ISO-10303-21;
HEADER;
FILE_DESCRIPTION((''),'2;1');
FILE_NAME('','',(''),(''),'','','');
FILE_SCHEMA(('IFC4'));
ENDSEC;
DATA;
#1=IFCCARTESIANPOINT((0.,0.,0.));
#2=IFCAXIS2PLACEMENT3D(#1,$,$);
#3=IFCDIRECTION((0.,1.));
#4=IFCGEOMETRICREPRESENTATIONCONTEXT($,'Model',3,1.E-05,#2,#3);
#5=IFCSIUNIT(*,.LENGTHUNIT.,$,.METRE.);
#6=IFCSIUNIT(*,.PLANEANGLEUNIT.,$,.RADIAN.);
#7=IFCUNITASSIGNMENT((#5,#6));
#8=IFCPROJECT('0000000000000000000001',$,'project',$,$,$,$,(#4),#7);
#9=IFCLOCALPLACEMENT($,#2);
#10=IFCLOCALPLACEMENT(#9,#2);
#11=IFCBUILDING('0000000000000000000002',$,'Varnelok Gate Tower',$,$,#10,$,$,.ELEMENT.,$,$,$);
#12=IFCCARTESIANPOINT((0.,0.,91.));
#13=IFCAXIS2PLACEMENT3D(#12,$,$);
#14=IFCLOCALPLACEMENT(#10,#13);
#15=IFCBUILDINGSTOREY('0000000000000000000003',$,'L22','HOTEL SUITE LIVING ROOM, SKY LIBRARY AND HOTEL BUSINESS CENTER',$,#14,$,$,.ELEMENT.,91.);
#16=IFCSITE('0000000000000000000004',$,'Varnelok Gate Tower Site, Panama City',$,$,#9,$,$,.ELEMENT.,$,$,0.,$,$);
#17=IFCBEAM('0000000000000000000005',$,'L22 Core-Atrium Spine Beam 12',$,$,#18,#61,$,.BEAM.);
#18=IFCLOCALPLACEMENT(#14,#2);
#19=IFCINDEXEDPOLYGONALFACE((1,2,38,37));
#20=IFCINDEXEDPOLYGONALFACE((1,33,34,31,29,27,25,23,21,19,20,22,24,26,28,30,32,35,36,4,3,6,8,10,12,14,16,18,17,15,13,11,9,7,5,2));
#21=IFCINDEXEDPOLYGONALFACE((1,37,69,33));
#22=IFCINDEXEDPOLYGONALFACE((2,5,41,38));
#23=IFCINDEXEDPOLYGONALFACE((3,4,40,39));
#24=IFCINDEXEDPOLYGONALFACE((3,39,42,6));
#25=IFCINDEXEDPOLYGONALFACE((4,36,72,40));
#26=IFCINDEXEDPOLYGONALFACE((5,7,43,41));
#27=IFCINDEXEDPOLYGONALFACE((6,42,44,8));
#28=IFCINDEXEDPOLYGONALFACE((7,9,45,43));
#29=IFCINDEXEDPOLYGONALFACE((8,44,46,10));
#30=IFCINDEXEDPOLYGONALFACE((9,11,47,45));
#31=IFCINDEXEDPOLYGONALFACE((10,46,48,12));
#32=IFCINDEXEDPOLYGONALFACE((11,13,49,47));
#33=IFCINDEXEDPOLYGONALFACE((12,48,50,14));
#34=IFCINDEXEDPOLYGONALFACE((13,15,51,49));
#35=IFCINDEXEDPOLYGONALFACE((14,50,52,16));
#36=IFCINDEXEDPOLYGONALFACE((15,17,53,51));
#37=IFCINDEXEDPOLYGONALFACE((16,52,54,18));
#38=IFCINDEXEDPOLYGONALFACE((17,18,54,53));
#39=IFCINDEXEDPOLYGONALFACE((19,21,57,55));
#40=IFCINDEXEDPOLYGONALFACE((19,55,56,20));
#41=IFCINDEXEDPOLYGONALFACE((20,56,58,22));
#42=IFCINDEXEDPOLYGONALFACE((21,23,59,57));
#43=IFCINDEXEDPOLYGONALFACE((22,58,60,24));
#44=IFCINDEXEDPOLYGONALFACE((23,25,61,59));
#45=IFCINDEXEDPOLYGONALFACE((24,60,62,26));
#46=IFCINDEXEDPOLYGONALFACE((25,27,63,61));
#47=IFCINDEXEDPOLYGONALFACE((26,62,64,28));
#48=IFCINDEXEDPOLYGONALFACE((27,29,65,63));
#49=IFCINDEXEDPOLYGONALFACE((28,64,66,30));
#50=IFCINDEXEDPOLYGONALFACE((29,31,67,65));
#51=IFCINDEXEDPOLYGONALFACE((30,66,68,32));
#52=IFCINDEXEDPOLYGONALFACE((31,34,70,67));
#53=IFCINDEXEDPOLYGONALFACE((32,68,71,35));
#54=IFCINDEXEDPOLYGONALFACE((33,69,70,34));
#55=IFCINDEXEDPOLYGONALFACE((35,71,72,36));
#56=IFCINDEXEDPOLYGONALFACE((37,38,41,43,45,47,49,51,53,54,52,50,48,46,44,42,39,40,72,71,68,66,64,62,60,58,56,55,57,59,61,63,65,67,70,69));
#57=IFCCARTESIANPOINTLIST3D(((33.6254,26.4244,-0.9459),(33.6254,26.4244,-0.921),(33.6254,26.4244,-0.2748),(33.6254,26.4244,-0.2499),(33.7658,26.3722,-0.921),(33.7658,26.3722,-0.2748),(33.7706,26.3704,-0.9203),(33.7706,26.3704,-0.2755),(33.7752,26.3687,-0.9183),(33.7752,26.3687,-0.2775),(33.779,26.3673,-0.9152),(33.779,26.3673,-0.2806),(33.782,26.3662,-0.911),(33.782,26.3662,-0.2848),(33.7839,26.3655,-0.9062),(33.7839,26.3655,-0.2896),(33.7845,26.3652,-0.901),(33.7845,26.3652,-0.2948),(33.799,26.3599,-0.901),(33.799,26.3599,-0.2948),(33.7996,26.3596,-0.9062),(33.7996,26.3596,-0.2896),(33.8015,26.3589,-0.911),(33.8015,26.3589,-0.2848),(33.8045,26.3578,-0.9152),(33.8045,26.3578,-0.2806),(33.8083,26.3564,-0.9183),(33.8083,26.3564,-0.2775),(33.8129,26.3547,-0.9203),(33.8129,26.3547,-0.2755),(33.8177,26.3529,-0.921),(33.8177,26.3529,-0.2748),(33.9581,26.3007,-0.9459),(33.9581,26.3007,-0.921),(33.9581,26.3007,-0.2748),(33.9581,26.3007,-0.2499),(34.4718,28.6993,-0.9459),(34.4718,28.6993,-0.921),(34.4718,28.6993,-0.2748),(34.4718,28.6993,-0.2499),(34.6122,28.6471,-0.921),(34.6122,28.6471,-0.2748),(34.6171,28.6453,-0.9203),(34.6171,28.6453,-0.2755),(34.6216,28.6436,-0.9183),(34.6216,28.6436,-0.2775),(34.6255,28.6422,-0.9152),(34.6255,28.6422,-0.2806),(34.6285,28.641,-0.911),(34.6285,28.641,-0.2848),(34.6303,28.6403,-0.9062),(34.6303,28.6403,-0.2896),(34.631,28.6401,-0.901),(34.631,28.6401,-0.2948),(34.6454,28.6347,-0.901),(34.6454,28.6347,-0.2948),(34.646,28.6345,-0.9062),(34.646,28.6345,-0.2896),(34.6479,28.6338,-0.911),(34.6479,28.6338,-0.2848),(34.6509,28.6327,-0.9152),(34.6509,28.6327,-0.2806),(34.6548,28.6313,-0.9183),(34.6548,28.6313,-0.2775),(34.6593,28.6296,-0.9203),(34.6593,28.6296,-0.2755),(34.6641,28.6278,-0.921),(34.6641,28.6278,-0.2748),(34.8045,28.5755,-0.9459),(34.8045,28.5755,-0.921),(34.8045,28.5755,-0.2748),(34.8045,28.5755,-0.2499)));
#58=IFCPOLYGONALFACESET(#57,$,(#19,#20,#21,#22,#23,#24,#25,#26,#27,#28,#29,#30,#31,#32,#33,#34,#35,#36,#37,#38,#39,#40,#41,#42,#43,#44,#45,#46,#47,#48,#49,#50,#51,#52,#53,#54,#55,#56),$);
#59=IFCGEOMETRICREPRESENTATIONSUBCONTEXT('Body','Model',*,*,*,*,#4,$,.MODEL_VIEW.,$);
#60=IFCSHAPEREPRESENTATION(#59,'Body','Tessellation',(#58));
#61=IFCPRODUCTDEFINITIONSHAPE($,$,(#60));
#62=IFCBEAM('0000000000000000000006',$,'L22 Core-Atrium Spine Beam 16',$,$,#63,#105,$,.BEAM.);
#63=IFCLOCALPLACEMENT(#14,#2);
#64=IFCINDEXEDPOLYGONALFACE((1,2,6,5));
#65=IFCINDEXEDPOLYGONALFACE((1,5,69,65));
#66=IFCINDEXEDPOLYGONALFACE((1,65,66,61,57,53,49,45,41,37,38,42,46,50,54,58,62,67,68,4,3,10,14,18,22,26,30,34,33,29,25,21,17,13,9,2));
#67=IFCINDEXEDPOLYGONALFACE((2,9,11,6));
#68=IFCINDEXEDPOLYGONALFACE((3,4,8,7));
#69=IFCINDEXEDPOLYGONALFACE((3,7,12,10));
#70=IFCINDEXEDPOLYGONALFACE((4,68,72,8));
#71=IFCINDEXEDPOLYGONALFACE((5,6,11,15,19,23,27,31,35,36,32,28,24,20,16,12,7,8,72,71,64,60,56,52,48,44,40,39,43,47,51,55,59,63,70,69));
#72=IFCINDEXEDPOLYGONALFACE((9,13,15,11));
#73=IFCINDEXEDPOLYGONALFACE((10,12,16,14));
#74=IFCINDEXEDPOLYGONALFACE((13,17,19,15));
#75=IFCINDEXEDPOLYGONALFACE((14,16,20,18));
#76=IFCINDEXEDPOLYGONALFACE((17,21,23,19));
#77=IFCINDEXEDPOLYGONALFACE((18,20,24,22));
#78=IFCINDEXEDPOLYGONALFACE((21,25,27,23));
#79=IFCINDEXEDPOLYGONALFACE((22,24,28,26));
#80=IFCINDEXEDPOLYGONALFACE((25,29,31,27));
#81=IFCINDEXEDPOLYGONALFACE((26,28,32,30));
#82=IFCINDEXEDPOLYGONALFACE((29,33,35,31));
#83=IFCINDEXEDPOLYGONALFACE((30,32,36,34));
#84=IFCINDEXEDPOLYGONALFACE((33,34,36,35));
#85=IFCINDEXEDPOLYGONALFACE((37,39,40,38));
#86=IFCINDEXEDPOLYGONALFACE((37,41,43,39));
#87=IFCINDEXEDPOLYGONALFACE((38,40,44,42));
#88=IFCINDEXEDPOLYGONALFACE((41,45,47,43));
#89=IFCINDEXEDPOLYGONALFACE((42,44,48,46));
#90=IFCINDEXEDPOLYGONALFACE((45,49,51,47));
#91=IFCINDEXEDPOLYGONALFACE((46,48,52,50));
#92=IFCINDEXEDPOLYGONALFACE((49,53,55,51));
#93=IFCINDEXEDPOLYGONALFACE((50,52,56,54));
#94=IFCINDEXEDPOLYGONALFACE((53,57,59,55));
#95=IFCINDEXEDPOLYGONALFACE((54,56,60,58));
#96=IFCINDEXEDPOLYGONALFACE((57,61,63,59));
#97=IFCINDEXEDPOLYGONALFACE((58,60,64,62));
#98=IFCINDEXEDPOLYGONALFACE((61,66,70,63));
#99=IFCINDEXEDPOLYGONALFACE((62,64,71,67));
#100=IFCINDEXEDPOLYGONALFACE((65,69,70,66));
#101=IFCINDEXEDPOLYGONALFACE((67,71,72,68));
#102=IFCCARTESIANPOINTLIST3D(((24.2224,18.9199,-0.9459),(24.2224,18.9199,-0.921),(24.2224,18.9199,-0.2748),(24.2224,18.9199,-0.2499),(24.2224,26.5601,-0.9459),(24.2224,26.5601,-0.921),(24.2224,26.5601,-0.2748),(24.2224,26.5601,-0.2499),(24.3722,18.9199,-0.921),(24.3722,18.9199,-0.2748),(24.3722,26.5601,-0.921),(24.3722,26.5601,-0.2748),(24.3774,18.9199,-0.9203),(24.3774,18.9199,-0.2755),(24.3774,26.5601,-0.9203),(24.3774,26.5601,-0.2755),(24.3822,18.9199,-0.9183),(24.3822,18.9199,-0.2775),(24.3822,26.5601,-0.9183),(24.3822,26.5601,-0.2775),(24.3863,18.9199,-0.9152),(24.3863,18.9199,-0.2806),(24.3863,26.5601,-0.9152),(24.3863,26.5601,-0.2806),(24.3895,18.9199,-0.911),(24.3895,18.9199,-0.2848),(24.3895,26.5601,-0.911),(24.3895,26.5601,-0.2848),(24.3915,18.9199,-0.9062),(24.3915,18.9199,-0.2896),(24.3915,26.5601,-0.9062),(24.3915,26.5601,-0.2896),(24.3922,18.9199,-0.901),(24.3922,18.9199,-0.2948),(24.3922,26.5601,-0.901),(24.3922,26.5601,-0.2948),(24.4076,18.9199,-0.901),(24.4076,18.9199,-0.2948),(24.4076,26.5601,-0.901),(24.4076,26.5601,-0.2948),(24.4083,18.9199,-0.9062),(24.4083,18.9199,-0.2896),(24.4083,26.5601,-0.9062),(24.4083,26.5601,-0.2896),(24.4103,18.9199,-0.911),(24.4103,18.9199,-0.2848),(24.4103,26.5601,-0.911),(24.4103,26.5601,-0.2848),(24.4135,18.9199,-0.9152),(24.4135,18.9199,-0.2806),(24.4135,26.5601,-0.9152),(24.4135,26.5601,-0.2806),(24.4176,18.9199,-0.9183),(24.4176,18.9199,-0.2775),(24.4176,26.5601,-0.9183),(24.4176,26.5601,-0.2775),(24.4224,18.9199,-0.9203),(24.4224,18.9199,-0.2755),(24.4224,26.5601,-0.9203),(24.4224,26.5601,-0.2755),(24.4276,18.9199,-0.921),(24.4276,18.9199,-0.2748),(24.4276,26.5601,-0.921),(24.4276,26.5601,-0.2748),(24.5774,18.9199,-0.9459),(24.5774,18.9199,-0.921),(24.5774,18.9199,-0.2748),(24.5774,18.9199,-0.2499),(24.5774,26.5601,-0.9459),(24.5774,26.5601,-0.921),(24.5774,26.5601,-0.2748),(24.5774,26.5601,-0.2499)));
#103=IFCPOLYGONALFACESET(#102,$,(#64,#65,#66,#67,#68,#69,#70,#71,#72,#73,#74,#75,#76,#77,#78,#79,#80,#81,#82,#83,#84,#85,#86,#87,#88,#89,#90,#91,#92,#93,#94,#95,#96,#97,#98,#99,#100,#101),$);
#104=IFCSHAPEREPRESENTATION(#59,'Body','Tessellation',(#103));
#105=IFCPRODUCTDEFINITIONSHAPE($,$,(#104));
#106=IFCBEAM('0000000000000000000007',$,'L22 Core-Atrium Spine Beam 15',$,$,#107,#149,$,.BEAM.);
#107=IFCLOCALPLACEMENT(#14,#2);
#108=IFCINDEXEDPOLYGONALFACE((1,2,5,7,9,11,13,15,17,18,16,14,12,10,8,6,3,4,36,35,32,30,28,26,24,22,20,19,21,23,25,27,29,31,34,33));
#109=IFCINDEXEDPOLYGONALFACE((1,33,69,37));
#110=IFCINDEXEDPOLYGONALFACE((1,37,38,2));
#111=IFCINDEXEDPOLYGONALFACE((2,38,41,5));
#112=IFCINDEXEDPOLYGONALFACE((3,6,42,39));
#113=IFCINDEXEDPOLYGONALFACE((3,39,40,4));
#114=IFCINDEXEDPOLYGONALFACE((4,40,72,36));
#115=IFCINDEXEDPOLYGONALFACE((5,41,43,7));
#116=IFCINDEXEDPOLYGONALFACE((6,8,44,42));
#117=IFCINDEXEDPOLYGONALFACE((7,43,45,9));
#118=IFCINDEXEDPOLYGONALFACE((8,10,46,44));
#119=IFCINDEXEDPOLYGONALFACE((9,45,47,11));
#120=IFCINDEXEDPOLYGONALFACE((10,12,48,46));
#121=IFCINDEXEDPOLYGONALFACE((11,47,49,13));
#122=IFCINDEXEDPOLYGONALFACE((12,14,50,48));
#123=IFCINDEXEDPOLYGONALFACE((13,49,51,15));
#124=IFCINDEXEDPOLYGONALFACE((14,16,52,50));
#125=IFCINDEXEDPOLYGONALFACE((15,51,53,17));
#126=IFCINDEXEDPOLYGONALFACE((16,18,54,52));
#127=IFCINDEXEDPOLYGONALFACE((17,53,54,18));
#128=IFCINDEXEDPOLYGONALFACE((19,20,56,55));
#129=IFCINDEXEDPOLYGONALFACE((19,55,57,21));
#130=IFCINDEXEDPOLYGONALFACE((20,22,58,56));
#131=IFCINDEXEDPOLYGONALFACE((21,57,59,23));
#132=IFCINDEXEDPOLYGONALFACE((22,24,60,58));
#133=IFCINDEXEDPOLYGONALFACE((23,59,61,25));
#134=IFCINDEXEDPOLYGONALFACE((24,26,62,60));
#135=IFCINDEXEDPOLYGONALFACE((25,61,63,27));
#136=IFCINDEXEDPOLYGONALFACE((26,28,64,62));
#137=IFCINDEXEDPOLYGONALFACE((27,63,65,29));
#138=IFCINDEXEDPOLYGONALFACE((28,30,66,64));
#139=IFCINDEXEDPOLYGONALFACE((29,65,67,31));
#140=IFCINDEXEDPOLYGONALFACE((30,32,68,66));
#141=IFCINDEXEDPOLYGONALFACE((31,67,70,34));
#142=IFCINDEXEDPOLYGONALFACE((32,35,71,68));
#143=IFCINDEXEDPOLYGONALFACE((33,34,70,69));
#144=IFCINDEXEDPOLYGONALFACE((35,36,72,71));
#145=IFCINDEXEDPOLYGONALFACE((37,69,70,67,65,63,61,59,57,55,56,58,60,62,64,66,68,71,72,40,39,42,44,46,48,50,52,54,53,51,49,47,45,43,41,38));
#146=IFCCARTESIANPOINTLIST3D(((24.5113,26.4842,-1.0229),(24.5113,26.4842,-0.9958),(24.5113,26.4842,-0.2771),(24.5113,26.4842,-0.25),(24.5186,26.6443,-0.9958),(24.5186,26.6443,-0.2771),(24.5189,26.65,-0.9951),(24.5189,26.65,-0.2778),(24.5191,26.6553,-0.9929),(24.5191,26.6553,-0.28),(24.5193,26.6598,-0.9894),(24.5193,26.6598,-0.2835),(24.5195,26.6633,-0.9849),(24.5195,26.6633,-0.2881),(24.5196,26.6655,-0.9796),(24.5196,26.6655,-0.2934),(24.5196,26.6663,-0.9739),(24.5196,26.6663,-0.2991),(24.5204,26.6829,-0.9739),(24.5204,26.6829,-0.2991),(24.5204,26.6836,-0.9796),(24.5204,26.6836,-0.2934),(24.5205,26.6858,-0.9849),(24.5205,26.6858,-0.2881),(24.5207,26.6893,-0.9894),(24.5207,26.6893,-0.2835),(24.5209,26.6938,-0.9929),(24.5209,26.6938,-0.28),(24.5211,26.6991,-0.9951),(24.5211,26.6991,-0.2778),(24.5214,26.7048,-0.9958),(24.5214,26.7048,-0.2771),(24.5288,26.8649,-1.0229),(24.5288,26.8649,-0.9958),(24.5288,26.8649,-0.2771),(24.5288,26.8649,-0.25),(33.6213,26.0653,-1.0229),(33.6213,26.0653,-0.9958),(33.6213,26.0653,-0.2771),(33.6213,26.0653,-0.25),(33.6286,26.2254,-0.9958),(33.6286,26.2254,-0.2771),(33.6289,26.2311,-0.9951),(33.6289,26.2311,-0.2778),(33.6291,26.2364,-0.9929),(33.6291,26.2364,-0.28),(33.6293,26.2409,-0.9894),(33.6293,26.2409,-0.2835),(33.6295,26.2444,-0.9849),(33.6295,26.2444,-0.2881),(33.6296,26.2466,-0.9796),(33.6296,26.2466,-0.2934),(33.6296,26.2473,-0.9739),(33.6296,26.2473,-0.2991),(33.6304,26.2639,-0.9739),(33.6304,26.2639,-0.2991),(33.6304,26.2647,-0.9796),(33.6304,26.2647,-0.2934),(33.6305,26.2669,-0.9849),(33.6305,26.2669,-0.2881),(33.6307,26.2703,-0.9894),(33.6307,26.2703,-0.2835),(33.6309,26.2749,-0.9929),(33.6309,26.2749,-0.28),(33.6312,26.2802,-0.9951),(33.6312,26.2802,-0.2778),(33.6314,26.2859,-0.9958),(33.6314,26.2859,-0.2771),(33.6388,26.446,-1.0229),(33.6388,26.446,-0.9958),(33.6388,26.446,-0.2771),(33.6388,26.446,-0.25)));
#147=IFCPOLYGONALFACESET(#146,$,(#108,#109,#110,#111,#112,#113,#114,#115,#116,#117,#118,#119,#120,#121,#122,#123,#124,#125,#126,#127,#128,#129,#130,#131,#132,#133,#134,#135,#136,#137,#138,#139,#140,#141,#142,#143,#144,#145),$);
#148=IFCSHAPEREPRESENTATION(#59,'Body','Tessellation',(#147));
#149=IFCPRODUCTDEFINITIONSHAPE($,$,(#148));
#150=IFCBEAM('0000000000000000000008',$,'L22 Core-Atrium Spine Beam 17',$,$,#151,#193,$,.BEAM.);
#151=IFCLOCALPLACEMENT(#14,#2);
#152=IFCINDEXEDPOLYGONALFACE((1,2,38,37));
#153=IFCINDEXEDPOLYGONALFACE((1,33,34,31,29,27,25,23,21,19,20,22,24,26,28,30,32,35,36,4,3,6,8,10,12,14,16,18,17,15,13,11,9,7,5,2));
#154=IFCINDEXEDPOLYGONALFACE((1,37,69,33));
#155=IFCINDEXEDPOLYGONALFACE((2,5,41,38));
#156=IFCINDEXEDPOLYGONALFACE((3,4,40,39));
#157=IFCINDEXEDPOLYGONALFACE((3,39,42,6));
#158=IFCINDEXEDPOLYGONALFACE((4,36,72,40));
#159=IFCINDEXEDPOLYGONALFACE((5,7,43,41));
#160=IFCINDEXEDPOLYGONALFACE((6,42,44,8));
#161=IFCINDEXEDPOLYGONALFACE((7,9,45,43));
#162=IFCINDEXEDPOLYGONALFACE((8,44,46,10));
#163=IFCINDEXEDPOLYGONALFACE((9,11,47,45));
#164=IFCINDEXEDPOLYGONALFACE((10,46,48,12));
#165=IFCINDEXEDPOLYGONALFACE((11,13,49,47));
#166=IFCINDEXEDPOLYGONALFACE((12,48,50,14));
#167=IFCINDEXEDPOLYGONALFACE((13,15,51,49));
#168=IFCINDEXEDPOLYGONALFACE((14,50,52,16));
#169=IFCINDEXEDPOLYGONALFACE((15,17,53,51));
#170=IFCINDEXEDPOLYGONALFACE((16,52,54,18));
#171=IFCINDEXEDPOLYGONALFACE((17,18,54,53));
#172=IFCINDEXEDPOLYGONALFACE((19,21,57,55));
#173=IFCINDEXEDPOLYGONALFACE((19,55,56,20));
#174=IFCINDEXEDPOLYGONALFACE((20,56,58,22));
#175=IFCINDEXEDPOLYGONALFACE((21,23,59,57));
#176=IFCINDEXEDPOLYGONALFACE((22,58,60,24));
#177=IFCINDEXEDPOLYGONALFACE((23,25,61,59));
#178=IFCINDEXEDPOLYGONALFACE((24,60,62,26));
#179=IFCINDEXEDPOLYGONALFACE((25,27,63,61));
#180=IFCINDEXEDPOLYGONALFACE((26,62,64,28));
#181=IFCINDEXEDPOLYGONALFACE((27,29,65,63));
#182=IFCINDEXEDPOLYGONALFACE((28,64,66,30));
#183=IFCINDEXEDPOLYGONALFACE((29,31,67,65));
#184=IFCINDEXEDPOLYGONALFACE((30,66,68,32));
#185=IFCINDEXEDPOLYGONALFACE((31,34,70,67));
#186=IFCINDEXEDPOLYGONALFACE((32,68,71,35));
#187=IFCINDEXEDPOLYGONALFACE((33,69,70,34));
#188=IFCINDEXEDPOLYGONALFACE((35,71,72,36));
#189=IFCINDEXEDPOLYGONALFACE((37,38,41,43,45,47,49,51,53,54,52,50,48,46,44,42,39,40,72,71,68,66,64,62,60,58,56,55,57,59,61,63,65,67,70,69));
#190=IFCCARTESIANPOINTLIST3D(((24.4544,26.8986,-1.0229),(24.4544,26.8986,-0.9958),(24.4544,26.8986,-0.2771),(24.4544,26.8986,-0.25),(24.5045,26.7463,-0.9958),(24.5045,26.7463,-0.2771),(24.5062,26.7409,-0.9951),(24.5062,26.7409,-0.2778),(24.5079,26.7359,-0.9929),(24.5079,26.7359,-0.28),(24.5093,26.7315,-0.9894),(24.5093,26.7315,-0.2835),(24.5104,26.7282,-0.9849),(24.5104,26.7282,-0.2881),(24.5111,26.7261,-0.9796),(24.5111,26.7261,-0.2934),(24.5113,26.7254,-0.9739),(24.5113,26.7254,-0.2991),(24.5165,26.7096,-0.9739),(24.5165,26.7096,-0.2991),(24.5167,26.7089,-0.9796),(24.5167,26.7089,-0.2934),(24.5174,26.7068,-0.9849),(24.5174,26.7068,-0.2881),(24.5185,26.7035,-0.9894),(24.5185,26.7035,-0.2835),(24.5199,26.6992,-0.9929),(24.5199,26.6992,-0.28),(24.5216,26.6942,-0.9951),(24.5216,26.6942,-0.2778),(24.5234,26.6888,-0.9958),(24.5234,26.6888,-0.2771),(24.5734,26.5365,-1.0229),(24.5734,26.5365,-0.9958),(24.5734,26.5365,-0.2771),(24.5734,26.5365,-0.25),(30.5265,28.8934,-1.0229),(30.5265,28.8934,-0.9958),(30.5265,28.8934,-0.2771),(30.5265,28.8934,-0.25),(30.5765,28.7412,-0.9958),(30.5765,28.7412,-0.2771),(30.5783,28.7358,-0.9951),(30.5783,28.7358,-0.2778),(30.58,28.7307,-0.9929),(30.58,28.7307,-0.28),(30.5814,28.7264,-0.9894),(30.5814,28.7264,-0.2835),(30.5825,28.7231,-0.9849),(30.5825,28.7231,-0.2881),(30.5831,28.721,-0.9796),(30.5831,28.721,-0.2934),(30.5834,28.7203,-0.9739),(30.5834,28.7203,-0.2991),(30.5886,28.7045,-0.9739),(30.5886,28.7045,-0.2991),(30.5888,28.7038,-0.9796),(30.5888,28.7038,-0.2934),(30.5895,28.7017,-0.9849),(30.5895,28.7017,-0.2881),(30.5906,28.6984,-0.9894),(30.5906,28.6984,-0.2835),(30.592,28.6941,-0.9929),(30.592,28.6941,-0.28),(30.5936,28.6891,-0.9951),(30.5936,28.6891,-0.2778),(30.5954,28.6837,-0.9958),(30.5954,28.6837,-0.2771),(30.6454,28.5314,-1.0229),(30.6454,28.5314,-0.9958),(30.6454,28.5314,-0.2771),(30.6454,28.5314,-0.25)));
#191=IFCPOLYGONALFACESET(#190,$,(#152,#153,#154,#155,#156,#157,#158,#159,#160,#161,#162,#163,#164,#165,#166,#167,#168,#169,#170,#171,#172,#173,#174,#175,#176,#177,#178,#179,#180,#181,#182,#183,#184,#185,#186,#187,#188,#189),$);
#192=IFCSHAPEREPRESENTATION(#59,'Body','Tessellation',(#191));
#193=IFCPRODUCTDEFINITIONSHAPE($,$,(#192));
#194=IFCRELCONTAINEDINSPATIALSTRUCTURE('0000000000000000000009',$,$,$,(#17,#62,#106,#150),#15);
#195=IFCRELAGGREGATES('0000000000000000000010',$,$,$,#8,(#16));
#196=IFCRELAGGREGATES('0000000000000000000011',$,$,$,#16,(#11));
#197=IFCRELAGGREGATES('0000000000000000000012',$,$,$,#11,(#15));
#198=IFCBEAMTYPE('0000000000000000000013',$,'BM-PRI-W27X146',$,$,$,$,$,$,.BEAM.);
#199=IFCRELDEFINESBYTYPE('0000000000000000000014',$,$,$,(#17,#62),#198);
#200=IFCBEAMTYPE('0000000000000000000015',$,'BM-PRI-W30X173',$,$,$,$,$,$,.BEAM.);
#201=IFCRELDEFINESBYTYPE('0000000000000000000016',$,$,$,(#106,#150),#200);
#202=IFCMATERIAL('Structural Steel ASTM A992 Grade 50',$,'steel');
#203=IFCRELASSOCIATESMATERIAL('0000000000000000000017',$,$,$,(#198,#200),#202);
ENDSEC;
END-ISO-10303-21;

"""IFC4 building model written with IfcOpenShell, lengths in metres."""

from ifc_helpers import new_model, si_unit, direction, frame, origin, origin_2d, place, context, subcontext, project, spatial, i_section, extrude, material, material_profile, profile_set, type_object, element, save


model = new_model("IFC4")

# Units and contexts
model_context = context("Model", 3, precision=1e-05, world=origin(), true_north=direction((0.0, 1.0)))
body_context = subcontext(model_context, "Body", "Model", "MODEL_VIEW")
ifc_project = project(units=[si_unit("LENGTHUNIT", "METRE"), si_unit("PLANEANGLEUNIT", "RADIAN")], contexts=[model_context])

# Site, building, storey
site_placement = place(None, origin())
site = spatial("IfcSite", under=ifc_project, at=site_placement, Name="Varnelok Gate Tower Site, Panama City", CompositionType="ELEMENT", RefElevation=0.0)
building_placement = place(site_placement, origin())
building = spatial("IfcBuilding", under=site, at=building_placement, Name="Varnelok Gate Tower", CompositionType="ELEMENT")
storey_placement = place(building_placement, frame((0.0, 0.0, 91.0)))
storey = spatial("IfcBuildingStorey", under=building, at=storey_placement, Name="L22", Description="HOTEL SUITE LIVING ROOM, SKY LIBRARY AND HOTEL BUSINESS CENTER", CompositionType="ELEMENT", Elevation=91.0)

# Shared definitions
ifc_material_1 = material(Name="Structural Steel ASTM A992 Grade 50", Category="steel")

# Beams
ifc_material_profile_1 = material_profile(ifc_material_1, i_section(OverallWidth=0.355, OverallDepth=0.696, WebThickness=0.0154, FlangeThickness=0.0249, FilletRadius=0.02, at=origin_2d()), Name="W27X146")
ifc_profile_set_1 = profile_set([ifc_material_profile_1], Name="Structural Steel ASTM A992 Grade 50")
beam_type_1 = type_object("IfcBeamType", Name="BM-PRI-W27X146", PredefinedType="BEAM", material=ifc_profile_set_1)
beam_1_placement = place(storey_placement, frame((33.7917, 26.3625, -0.5979), z_axis=(0.348719, 0.937227, 0.0), x_axis=(-0.937227, 0.348719, 0.0)))
element("IfcBeam", 1, at=beam_1_placement, inside=storey, type_object=beam_type_1, Name="L22 Core-Atrium Spine Beam 12", PredefinedType="BEAM", context=body_context, shape_type="SweptSolid", body=[
    extrude(i_section(OverallWidth=0.355, OverallDepth=0.696, WebThickness=0.0154, FlangeThickness=0.0249, FilletRadius=0.02, at=origin_2d()), origin(), (0.0, 0.0, 1.0), 2.4272),
])
beam_2_placement = place(storey_placement, frame((24.3999, 18.9199, -0.5979), z_axis=(0.0, 1.0, 0.0), x_axis=(-1.0, 0.0, 0.0)))
element("IfcBeam", 2, at=beam_2_placement, inside=storey, type_object=beam_type_1, Name="L22 Core-Atrium Spine Beam 16", PredefinedType="BEAM", context=body_context, shape_type="SweptSolid", body=[
    extrude(i_section(OverallWidth=0.355, OverallDepth=0.696, WebThickness=0.0154, FlangeThickness=0.0249, FilletRadius=0.02, at=origin_2d()), origin(), (0.0, 0.0, 1.0), 7.6401),
])
ifc_material_profile_2 = material_profile(ifc_material_1, i_section(OverallWidth=0.3811, OverallDepth=0.7729, WebThickness=0.0166, FlangeThickness=0.0271, FilletRadius=0.022, at=origin_2d()), Name="W30X173")
ifc_profile_set_2 = profile_set([ifc_material_profile_2], Name="Structural Steel ASTM A992 Grade 50")
beam_type_2 = type_object("IfcBeamType", Name="BM-PRI-W30X173", PredefinedType="BEAM", material=ifc_profile_set_2)
beam_3_placement = place(storey_placement, frame((24.52, 26.6746, -0.6365), z_axis=(0.998944, -0.045938, 0.0), x_axis=(0.045938, 0.998944, 0.0)))
element("IfcBeam", 3, at=beam_3_placement, inside=storey, type_object=beam_type_2, Name="L22 Core-Atrium Spine Beam 15", PredefinedType="BEAM", context=body_context, shape_type="SweptSolid", body=[
    extrude(i_section(OverallWidth=0.3811, OverallDepth=0.7729, WebThickness=0.0166, FlangeThickness=0.0271, FilletRadius=0.022, at=origin_2d()), origin(), (0.0, 0.0, 1.0), 9.1196),
])
beam_4_placement = place(storey_placement, frame((24.5139, 26.7175, -0.6365), z_axis=(0.950042, 0.312122, 0.0), x_axis=(-0.312122, 0.950042, 0.0)))
element("IfcBeam", 4, at=beam_4_placement, inside=storey, type_object=beam_type_2, Name="L22 Core-Atrium Spine Beam 17", PredefinedType="BEAM", context=body_context, shape_type="SweptSolid", body=[
    extrude(i_section(OverallWidth=0.3811, OverallDepth=0.7729, WebThickness=0.0166, FlangeThickness=0.0271, FilletRadius=0.022, at=origin_2d()), origin(), (0.0, 0.0, 1.0), 6.3914),
])

save(model, "model.ifc")
